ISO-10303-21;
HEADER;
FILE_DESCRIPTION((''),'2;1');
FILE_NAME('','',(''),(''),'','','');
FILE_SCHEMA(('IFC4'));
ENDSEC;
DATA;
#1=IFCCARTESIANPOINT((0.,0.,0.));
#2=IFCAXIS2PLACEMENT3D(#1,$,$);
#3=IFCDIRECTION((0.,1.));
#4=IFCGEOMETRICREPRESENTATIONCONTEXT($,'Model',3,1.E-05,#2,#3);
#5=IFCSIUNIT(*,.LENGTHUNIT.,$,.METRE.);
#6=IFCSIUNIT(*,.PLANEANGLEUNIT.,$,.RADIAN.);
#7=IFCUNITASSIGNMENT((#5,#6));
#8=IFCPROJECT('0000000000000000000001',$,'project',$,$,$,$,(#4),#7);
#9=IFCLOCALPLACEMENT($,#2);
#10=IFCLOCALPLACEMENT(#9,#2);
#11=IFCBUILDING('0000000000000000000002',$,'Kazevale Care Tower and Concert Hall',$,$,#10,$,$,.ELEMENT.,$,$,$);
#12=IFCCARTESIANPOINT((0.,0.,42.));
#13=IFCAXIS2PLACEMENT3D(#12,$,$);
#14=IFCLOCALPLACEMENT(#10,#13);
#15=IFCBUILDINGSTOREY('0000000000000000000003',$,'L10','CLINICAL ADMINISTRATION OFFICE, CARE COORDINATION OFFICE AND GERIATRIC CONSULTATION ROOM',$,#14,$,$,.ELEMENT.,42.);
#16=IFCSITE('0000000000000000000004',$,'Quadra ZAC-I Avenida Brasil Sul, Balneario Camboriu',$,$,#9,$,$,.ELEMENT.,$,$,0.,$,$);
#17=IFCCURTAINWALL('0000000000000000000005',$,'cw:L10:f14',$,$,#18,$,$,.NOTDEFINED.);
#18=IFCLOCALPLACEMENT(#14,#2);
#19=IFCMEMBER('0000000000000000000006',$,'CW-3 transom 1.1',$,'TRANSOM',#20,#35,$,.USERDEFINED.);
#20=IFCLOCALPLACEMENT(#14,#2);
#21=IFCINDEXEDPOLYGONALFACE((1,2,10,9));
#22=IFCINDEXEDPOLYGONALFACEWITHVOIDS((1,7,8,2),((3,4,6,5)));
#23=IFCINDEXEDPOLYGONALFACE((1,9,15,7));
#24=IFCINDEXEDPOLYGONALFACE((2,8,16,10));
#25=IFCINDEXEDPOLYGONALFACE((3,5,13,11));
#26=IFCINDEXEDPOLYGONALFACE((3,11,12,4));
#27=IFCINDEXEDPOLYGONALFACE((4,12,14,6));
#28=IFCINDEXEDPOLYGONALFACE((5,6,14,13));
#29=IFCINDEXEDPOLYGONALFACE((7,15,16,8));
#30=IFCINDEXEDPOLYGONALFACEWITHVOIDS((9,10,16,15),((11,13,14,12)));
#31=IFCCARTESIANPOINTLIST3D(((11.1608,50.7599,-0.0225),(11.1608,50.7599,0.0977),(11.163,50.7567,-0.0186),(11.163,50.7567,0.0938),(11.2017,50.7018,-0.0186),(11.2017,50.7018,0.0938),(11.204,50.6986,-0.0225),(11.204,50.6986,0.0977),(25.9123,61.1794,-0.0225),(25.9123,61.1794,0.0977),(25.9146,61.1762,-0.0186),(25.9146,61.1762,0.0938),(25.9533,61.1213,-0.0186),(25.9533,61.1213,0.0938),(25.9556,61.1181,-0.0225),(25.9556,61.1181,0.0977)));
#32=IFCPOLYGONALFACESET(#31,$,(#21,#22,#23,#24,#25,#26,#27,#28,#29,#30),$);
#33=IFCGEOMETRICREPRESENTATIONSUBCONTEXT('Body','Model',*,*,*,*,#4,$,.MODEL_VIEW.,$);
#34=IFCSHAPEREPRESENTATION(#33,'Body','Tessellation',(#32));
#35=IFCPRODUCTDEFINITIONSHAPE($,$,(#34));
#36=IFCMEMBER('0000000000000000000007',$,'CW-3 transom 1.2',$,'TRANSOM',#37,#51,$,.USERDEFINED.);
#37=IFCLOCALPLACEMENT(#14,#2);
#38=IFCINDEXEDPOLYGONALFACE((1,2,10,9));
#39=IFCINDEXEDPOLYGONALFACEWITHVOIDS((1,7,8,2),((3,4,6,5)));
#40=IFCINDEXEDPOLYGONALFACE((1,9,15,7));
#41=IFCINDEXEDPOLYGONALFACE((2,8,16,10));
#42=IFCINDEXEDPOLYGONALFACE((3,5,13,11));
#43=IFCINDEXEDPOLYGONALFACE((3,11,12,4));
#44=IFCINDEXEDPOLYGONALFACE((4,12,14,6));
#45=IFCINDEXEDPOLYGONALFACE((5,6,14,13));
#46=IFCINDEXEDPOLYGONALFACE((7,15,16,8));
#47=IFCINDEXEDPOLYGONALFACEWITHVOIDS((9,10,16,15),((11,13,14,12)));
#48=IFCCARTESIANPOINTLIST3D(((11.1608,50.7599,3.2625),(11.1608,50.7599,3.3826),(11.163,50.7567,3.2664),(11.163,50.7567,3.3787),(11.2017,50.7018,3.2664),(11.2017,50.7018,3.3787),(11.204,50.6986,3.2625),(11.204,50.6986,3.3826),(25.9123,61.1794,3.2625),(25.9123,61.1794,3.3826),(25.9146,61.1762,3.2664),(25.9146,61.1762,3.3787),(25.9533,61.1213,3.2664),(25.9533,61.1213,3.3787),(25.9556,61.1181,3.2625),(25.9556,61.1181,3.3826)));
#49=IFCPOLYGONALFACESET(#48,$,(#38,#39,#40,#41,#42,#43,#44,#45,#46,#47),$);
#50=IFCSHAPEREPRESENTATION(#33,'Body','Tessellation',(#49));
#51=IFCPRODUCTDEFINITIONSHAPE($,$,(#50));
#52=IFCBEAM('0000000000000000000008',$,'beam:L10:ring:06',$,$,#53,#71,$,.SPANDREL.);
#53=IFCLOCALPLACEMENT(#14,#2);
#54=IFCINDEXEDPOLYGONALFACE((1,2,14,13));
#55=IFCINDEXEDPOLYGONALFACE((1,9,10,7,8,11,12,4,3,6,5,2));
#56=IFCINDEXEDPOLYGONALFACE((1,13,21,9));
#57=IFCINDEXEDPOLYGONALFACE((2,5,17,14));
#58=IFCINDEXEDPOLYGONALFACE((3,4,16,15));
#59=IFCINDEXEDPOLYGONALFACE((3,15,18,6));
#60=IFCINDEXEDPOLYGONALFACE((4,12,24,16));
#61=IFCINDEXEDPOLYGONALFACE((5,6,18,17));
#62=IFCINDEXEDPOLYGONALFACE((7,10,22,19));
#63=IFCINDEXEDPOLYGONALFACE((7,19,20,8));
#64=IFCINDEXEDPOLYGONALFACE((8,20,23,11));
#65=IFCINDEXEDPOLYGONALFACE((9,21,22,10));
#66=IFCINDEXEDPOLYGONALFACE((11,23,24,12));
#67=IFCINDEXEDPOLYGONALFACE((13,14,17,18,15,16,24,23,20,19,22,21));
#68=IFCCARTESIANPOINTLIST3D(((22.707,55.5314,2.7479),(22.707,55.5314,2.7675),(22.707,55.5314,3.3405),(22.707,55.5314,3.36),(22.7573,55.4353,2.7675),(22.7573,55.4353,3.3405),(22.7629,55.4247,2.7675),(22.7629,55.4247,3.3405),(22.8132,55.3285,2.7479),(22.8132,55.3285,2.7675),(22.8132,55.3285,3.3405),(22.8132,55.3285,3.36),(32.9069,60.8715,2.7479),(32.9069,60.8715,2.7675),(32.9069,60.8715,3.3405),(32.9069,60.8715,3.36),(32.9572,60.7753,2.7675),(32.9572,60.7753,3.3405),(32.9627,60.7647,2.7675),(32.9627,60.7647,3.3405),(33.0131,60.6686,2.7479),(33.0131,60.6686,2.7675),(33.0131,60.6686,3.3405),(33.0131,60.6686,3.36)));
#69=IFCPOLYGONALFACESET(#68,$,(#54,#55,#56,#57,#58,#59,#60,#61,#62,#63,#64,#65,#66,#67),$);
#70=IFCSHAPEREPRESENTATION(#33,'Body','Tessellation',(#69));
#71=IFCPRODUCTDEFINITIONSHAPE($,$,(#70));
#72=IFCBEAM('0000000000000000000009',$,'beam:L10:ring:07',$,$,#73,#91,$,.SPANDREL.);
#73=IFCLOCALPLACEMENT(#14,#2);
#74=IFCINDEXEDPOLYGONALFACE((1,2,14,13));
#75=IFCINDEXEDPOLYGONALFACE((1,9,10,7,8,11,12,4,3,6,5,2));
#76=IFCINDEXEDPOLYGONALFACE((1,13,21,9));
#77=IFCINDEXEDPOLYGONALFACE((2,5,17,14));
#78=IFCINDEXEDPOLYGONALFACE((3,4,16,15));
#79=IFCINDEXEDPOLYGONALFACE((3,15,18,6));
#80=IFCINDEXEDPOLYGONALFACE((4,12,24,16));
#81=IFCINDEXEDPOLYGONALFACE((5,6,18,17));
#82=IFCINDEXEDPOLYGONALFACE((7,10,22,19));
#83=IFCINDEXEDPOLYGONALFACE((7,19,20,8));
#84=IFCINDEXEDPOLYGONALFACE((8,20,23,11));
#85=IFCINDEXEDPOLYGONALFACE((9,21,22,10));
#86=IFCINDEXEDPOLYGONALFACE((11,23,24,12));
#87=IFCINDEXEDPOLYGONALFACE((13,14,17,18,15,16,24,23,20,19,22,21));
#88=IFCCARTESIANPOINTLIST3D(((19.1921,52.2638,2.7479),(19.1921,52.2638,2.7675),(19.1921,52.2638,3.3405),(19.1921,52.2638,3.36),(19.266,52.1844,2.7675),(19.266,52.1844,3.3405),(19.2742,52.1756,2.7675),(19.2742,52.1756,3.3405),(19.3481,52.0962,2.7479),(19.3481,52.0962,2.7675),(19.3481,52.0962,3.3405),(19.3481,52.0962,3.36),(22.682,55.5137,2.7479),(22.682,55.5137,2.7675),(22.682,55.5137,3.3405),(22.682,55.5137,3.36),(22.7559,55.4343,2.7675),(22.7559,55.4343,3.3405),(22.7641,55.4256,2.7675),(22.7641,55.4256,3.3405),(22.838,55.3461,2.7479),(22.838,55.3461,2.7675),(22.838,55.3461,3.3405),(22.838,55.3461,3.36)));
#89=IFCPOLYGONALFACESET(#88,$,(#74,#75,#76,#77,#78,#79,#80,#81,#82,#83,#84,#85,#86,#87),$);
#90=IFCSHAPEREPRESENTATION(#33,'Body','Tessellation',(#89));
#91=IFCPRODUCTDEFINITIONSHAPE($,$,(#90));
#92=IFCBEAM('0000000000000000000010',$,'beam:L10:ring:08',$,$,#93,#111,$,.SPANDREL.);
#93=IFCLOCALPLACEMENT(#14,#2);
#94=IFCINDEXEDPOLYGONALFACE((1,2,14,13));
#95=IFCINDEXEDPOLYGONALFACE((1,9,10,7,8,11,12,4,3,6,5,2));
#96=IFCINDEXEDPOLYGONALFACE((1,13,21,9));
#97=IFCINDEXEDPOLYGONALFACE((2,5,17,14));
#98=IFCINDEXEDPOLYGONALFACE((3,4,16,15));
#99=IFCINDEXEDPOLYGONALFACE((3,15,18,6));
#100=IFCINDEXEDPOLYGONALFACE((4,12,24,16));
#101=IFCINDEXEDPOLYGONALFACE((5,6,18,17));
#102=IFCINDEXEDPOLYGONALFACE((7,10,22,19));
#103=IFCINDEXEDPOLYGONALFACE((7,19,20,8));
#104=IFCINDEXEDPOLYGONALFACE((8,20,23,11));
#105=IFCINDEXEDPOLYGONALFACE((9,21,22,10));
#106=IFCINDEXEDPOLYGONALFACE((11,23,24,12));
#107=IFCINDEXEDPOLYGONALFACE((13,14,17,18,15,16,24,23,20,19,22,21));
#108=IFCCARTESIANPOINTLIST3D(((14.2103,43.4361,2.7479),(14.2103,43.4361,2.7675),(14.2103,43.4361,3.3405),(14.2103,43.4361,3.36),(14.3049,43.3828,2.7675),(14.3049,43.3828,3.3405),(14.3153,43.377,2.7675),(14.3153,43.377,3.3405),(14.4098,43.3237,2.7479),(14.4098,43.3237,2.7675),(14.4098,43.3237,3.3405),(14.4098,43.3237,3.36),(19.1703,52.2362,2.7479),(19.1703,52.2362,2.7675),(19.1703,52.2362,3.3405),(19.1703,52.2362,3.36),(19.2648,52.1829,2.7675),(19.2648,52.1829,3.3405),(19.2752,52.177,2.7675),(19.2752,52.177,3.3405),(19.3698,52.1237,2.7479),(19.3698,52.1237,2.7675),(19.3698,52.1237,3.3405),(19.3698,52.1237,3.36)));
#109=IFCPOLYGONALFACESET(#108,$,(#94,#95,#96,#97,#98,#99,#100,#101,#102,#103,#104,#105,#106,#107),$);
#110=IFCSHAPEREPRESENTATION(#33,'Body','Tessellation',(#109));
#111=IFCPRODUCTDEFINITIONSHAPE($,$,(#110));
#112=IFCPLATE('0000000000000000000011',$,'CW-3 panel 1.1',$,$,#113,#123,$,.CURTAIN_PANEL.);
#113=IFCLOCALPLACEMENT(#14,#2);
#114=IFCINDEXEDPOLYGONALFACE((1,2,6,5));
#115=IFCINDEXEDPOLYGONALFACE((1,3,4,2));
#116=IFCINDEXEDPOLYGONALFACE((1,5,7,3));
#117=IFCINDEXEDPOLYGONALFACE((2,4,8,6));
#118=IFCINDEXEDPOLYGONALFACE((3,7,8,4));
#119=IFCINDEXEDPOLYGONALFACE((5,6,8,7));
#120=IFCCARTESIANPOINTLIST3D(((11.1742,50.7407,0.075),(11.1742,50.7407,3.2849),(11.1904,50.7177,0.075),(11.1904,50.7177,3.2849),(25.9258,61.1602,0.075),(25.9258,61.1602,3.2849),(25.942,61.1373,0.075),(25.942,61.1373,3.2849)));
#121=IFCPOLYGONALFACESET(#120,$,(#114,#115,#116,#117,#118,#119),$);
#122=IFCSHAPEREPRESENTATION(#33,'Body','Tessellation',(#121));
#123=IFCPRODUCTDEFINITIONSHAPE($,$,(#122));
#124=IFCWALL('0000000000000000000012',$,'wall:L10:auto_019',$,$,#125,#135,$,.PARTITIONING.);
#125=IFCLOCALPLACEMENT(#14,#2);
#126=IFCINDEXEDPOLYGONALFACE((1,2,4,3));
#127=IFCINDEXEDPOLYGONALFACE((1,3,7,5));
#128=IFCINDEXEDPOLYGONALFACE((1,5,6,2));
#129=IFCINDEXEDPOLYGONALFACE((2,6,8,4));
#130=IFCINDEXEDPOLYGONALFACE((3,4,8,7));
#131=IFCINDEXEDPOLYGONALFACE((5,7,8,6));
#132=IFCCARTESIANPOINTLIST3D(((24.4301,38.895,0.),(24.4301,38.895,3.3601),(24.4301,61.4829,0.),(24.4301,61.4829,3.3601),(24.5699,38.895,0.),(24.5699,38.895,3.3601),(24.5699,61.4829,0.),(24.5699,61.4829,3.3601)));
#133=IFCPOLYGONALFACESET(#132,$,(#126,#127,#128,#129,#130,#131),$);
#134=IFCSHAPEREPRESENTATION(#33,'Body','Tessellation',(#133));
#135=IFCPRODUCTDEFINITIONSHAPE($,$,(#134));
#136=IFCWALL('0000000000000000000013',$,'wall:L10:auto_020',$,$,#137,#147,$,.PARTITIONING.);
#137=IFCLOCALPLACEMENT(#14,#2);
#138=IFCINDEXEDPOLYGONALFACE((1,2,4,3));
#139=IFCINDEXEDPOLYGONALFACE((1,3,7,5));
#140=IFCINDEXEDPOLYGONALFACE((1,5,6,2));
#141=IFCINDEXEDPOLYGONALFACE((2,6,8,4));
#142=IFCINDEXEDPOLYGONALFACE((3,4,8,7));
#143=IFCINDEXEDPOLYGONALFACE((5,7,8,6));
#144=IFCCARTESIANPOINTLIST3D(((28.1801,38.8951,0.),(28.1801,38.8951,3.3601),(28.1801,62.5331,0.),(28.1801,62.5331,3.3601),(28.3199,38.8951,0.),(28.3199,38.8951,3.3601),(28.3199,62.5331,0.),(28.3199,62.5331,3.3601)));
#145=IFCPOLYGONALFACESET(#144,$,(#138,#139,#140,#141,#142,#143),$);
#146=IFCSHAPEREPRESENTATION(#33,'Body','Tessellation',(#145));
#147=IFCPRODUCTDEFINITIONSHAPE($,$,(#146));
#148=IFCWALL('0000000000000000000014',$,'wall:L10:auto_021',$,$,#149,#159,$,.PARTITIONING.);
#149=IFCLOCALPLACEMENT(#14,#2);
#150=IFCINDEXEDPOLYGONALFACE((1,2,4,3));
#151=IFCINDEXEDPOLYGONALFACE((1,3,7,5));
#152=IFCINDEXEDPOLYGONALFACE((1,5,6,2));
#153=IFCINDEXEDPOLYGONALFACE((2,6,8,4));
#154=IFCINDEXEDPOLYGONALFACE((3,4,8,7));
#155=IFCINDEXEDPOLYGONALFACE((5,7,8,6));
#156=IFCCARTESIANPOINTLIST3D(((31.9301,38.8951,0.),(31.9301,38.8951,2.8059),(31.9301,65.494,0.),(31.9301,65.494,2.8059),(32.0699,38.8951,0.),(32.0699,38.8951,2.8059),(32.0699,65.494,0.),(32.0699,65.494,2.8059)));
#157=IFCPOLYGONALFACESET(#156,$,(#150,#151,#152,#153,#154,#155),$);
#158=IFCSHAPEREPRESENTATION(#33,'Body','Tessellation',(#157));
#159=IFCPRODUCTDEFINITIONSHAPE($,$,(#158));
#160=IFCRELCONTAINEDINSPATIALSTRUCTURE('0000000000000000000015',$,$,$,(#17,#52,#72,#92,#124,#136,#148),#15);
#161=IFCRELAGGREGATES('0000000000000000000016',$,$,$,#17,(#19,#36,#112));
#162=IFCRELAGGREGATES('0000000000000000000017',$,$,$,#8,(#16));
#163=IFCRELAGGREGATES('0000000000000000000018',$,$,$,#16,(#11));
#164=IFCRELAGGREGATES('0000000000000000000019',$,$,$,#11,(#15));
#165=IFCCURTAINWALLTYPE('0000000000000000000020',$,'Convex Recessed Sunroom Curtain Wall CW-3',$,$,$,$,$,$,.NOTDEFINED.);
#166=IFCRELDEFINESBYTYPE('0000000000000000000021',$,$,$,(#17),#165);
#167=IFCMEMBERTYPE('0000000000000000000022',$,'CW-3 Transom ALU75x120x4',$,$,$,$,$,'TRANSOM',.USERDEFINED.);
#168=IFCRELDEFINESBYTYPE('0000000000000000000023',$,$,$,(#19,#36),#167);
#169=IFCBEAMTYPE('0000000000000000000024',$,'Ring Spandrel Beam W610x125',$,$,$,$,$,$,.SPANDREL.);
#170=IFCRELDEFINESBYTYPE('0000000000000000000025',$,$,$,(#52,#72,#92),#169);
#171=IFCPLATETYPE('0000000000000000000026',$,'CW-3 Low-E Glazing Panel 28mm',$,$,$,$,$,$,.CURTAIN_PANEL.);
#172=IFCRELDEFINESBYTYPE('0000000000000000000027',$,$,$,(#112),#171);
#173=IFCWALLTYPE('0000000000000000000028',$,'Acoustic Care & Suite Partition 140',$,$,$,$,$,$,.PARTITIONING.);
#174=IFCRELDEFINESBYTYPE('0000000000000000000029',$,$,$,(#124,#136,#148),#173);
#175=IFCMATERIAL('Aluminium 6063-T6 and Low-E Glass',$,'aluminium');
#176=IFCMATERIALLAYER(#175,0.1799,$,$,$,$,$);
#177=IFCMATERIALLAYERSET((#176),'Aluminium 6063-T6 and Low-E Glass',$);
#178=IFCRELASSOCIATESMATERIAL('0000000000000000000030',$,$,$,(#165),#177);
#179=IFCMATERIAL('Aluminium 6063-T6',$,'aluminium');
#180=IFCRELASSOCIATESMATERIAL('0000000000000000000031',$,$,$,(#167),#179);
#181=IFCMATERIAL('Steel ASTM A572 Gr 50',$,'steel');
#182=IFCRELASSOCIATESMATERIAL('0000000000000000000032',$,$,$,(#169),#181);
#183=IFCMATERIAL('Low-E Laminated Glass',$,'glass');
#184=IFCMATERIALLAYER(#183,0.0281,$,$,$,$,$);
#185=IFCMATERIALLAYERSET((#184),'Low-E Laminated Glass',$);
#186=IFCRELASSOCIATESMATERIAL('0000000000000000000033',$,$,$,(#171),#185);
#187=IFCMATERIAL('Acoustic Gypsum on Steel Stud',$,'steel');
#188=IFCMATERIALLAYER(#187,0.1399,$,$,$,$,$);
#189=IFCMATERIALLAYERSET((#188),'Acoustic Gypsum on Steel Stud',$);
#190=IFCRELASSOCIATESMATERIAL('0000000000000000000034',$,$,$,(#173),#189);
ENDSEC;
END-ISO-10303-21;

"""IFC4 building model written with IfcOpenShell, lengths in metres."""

from ifc_helpers import new_model, si_unit, direction, frame, frame_2d, origin, origin_2d, place, context, subcontext, project, spatial, rectangle, hollow_rectangle, i_section, extrude, material, layer, layer_set, material_profile, profile_set, type_object, element, aggregate, save


model = new_model("IFC4")

# Units and contexts
model_context = context("Model", 3, precision=1e-05, world=origin(), true_north=direction((0.0, 1.0)))
body_context = subcontext(model_context, "Body", "Model", "MODEL_VIEW")
ifc_project = project(units=[si_unit("LENGTHUNIT", "METRE"), si_unit("PLANEANGLEUNIT", "RADIAN")], contexts=[model_context])

# Site, building, storey
site_placement = place(None, origin())
site = spatial("IfcSite", under=ifc_project, at=site_placement, Name="Quadra ZAC-I Avenida Brasil Sul, Balneario Camboriu", CompositionType="ELEMENT", RefElevation=0.0)
building_placement = place(site_placement, origin())
building = spatial("IfcBuilding", under=site, at=building_placement, Name="Kazevale Care Tower and Concert Hall", CompositionType="ELEMENT")
storey_placement = place(building_placement, frame((0.0, 0.0, 42.0)))
storey = spatial("IfcBuildingStorey", under=building, at=storey_placement, Name="L10", Description="CLINICAL ADMINISTRATION OFFICE, CARE COORDINATION OFFICE AND GERIATRIC CONSULTATION ROOM", CompositionType="ELEMENT", Elevation=42.0)

# Curtain wall, members
ifc_material_1 = material(Name="Aluminium 6063-T6 and Low-E Glass", Category="aluminium")
ifc_layer_1 = layer(ifc_material_1, 0.1799)
ifc_layer_set_1 = layer_set([ifc_layer_1], Name="Aluminium 6063-T6 and Low-E Glass")
curtain_wall_type = type_object("IfcCurtainWallType", Name="Convex Recessed Sunroom Curtain Wall CW-3", PredefinedType="NOTDEFINED", material=ifc_layer_set_1)
curtain_wall_placement = place(storey_placement, origin())
curtain_wall = element("IfcCurtainWall", 1, at=curtain_wall_placement, inside=storey, type_object=curtain_wall_type, Name="cw:L10:f14", PredefinedType="NOTDEFINED")
ifc_material_2 = material(Name="Aluminium 6063-T6", Category="aluminium")
ifc_material_profile_1 = material_profile(ifc_material_2, hollow_rectangle(XDim=0.075, YDim=0.1201, WallThickness=0.0039, at=origin_2d()), Name="ALU75x120x4")
ifc_profile_set_1 = profile_set([ifc_material_profile_1], Name="Aluminium 6063-T6")
member_type_1 = type_object("IfcMemberType", Name="CW-3 Transom ALU75x120x4", ElementType="TRANSOM", PredefinedType="USERDEFINED", material=ifc_profile_set_1)
member_1_placement = place(storey_placement, frame((11.1824, 50.7292, 0.0376), z_axis=(0.816795, 0.576928, 0.0), x_axis=(-0.576928, 0.816795, 0.0)))
member_1 = element("IfcMember", 2, at=member_1_placement, type_object=member_type_1, Name="CW-3 transom 1.1", ObjectType="TRANSOM", PredefinedType="USERDEFINED", context=body_context, shape_type="SweptSolid", body=[
    extrude(hollow_rectangle(XDim=0.075, YDim=0.1201, WallThickness=0.0039, at=origin_2d()), origin(), (0.0, 0.0, 1.0), 18.0603),
])
member_2_placement = place(storey_placement, frame((11.1824, 50.7292, 3.3225), z_axis=(0.816795, 0.576928, 0.0), x_axis=(-0.576928, 0.816795, 0.0)))
member_2 = element("IfcMember", 3, at=member_2_placement, type_object=member_type_1, Name="CW-3 transom 1.2", ObjectType="TRANSOM", PredefinedType="USERDEFINED", context=body_context, shape_type="SweptSolid", body=[
    extrude(hollow_rectangle(XDim=0.075, YDim=0.1201, WallThickness=0.0039, at=origin_2d()), origin(), (0.0, 0.0, 1.0), 18.0603),
])

# Beams
ifc_material_3 = material(Name="Steel ASTM A572 Gr 50", Category="steel")
ifc_material_profile_2 = material_profile(ifc_material_3, i_section(OverallWidth=0.229, OverallDepth=0.6121, WebThickness=0.012, FlangeThickness=0.0195, at=origin_2d()), Name="W610x125")
ifc_profile_set_2 = profile_set([ifc_material_profile_2], Name="Steel ASTM A572 Gr 50")
beam_type = type_object("IfcBeamType", Name="Ring Spandrel Beam W610x125", PredefinedType="SPANDREL", material=ifc_profile_set_2)
beam_1_placement = place(storey_placement, frame((32.96, 60.77, 3.054), z_axis=(-0.885929, -0.46382, 0.0), x_axis=(0.46382, -0.885929, 0.0)))
element("IfcBeam", 4, at=beam_1_placement, inside=storey, type_object=beam_type, Name="beam:L10:ring:06", PredefinedType="SPANDREL", context=body_context, shape_type="SweptSolid", body=[
    extrude(i_section(OverallWidth=0.229, OverallDepth=0.6121, WebThickness=0.012, FlangeThickness=0.0195, at=origin_2d()), origin(), (0.0, 0.0, 1.0), 11.5132),
])
beam_2_placement = place(storey_placement, frame((22.76, 55.4299, 3.054), z_axis=(-0.731821, -0.681497, 0.0), x_axis=(0.681497, -0.731821, 0.0)))
element("IfcBeam", 5, at=beam_2_placement, inside=storey, type_object=beam_type, Name="beam:L10:ring:07", PredefinedType="SPANDREL", context=body_context, shape_type="SweptSolid", body=[
    extrude(i_section(OverallWidth=0.229, OverallDepth=0.6121, WebThickness=0.012, FlangeThickness=0.0195, at=origin_2d()), origin(), (0.0, 0.0, 1.0), 4.7688),
])
beam_3_placement = place(storey_placement, frame((19.27, 52.1799, 3.054), z_axis=(-0.491008, -0.871155, 0.0), x_axis=(0.871155, -0.491008, 0.0)))
element("IfcBeam", 6, at=beam_3_placement, inside=storey, type_object=beam_type, Name="beam:L10:ring:08", PredefinedType="SPANDREL", context=body_context, shape_type="SweptSolid", body=[
    extrude(i_section(OverallWidth=0.229, OverallDepth=0.6121, WebThickness=0.012, FlangeThickness=0.0195, at=origin_2d()), origin(), (0.0, 0.0, 1.0), 10.1016),
])

# Plate
ifc_material_4 = material(Name="Low-E Laminated Glass", Category="glass")
ifc_layer_2 = layer(ifc_material_4, 0.0281)
ifc_layer_set_2 = layer_set([ifc_layer_2], Name="Low-E Laminated Glass")
plate_type = type_object("IfcPlateType", Name="CW-3 Low-E Glazing Panel 28mm", PredefinedType="CURTAIN_PANEL", material=ifc_layer_set_2)
plate_placement = place(storey_placement, frame((18.5581, 55.939, 0.075), z_axis=(0.0, 0.0, 1.0), x_axis=(0.816794, 0.576929, 0.0)))
plate = element("IfcPlate", 7, at=plate_placement, type_object=plate_type, Name="CW-3 panel 1.1", PredefinedType="CURTAIN_PANEL", context=body_context, shape_type="SweptSolid", body=[
    extrude(rectangle(XDim=18.0603, YDim=0.0281, at=origin_2d()), origin(), (0.0, 0.0, 1.0), 3.21),
])
aggregate(curtain_wall, [member_1, member_2, plate])

# Walls
ifc_material_5 = material(Name="Acoustic Gypsum on Steel Stud", Category="steel")
ifc_layer_3 = layer(ifc_material_5, 0.1399)
ifc_layer_set_3 = layer_set([ifc_layer_3], Name="Acoustic Gypsum on Steel Stud")
wall_type_1 = type_object("IfcWallType", Name="Acoustic Care & Suite Partition 140", PredefinedType="PARTITIONING", material=ifc_layer_set_3)
wall_1_placement = place(storey_placement, frame((24.5, 61.4829, 0.0), z_axis=(0.0, 0.0, 1.0), x_axis=(0.0, -1.0, 0.0)))
element("IfcWall", 8, at=wall_1_placement, inside=storey, type_object=wall_type_1, Name="wall:L10:auto_019", PredefinedType="PARTITIONING", context=body_context, shape_type="SweptSolid", body=[
    extrude(rectangle(XDim=22.5879, YDim=0.1399, at=frame_2d((11.2939, 0.0))), origin(), (0.0, 0.0, 1.0), 3.3601),
])
wall_2_placement = place(storey_placement, frame((28.25, 62.533, 0.0), z_axis=(0.0, 0.0, 1.0), x_axis=(0.0, -1.0, 0.0)))
element("IfcWall", 9, at=wall_2_placement, inside=storey, type_object=wall_type_1, Name="wall:L10:auto_020", PredefinedType="PARTITIONING", context=body_context, shape_type="SweptSolid", body=[
    extrude(rectangle(XDim=23.6379, YDim=0.1399, at=frame_2d((11.8188, 0.0))), origin(), (0.0, 0.0, 1.0), 3.3601),
])
wall_3_placement = place(storey_placement, frame((32.0, 65.4939, 0.0), z_axis=(0.0, 0.0, 1.0), x_axis=(0.0, -1.0, 0.0)))
element("IfcWall", 10, at=wall_3_placement, inside=storey, type_object=wall_type_1, Name="wall:L10:auto_021", PredefinedType="PARTITIONING", context=body_context, shape_type="SweptSolid", body=[
    extrude(rectangle(XDim=26.5989, YDim=0.1399, at=frame_2d((13.2993, 0.0))), origin(), (0.0, 0.0, 1.0), 2.8059),
])

save(model, "model.ifc")
